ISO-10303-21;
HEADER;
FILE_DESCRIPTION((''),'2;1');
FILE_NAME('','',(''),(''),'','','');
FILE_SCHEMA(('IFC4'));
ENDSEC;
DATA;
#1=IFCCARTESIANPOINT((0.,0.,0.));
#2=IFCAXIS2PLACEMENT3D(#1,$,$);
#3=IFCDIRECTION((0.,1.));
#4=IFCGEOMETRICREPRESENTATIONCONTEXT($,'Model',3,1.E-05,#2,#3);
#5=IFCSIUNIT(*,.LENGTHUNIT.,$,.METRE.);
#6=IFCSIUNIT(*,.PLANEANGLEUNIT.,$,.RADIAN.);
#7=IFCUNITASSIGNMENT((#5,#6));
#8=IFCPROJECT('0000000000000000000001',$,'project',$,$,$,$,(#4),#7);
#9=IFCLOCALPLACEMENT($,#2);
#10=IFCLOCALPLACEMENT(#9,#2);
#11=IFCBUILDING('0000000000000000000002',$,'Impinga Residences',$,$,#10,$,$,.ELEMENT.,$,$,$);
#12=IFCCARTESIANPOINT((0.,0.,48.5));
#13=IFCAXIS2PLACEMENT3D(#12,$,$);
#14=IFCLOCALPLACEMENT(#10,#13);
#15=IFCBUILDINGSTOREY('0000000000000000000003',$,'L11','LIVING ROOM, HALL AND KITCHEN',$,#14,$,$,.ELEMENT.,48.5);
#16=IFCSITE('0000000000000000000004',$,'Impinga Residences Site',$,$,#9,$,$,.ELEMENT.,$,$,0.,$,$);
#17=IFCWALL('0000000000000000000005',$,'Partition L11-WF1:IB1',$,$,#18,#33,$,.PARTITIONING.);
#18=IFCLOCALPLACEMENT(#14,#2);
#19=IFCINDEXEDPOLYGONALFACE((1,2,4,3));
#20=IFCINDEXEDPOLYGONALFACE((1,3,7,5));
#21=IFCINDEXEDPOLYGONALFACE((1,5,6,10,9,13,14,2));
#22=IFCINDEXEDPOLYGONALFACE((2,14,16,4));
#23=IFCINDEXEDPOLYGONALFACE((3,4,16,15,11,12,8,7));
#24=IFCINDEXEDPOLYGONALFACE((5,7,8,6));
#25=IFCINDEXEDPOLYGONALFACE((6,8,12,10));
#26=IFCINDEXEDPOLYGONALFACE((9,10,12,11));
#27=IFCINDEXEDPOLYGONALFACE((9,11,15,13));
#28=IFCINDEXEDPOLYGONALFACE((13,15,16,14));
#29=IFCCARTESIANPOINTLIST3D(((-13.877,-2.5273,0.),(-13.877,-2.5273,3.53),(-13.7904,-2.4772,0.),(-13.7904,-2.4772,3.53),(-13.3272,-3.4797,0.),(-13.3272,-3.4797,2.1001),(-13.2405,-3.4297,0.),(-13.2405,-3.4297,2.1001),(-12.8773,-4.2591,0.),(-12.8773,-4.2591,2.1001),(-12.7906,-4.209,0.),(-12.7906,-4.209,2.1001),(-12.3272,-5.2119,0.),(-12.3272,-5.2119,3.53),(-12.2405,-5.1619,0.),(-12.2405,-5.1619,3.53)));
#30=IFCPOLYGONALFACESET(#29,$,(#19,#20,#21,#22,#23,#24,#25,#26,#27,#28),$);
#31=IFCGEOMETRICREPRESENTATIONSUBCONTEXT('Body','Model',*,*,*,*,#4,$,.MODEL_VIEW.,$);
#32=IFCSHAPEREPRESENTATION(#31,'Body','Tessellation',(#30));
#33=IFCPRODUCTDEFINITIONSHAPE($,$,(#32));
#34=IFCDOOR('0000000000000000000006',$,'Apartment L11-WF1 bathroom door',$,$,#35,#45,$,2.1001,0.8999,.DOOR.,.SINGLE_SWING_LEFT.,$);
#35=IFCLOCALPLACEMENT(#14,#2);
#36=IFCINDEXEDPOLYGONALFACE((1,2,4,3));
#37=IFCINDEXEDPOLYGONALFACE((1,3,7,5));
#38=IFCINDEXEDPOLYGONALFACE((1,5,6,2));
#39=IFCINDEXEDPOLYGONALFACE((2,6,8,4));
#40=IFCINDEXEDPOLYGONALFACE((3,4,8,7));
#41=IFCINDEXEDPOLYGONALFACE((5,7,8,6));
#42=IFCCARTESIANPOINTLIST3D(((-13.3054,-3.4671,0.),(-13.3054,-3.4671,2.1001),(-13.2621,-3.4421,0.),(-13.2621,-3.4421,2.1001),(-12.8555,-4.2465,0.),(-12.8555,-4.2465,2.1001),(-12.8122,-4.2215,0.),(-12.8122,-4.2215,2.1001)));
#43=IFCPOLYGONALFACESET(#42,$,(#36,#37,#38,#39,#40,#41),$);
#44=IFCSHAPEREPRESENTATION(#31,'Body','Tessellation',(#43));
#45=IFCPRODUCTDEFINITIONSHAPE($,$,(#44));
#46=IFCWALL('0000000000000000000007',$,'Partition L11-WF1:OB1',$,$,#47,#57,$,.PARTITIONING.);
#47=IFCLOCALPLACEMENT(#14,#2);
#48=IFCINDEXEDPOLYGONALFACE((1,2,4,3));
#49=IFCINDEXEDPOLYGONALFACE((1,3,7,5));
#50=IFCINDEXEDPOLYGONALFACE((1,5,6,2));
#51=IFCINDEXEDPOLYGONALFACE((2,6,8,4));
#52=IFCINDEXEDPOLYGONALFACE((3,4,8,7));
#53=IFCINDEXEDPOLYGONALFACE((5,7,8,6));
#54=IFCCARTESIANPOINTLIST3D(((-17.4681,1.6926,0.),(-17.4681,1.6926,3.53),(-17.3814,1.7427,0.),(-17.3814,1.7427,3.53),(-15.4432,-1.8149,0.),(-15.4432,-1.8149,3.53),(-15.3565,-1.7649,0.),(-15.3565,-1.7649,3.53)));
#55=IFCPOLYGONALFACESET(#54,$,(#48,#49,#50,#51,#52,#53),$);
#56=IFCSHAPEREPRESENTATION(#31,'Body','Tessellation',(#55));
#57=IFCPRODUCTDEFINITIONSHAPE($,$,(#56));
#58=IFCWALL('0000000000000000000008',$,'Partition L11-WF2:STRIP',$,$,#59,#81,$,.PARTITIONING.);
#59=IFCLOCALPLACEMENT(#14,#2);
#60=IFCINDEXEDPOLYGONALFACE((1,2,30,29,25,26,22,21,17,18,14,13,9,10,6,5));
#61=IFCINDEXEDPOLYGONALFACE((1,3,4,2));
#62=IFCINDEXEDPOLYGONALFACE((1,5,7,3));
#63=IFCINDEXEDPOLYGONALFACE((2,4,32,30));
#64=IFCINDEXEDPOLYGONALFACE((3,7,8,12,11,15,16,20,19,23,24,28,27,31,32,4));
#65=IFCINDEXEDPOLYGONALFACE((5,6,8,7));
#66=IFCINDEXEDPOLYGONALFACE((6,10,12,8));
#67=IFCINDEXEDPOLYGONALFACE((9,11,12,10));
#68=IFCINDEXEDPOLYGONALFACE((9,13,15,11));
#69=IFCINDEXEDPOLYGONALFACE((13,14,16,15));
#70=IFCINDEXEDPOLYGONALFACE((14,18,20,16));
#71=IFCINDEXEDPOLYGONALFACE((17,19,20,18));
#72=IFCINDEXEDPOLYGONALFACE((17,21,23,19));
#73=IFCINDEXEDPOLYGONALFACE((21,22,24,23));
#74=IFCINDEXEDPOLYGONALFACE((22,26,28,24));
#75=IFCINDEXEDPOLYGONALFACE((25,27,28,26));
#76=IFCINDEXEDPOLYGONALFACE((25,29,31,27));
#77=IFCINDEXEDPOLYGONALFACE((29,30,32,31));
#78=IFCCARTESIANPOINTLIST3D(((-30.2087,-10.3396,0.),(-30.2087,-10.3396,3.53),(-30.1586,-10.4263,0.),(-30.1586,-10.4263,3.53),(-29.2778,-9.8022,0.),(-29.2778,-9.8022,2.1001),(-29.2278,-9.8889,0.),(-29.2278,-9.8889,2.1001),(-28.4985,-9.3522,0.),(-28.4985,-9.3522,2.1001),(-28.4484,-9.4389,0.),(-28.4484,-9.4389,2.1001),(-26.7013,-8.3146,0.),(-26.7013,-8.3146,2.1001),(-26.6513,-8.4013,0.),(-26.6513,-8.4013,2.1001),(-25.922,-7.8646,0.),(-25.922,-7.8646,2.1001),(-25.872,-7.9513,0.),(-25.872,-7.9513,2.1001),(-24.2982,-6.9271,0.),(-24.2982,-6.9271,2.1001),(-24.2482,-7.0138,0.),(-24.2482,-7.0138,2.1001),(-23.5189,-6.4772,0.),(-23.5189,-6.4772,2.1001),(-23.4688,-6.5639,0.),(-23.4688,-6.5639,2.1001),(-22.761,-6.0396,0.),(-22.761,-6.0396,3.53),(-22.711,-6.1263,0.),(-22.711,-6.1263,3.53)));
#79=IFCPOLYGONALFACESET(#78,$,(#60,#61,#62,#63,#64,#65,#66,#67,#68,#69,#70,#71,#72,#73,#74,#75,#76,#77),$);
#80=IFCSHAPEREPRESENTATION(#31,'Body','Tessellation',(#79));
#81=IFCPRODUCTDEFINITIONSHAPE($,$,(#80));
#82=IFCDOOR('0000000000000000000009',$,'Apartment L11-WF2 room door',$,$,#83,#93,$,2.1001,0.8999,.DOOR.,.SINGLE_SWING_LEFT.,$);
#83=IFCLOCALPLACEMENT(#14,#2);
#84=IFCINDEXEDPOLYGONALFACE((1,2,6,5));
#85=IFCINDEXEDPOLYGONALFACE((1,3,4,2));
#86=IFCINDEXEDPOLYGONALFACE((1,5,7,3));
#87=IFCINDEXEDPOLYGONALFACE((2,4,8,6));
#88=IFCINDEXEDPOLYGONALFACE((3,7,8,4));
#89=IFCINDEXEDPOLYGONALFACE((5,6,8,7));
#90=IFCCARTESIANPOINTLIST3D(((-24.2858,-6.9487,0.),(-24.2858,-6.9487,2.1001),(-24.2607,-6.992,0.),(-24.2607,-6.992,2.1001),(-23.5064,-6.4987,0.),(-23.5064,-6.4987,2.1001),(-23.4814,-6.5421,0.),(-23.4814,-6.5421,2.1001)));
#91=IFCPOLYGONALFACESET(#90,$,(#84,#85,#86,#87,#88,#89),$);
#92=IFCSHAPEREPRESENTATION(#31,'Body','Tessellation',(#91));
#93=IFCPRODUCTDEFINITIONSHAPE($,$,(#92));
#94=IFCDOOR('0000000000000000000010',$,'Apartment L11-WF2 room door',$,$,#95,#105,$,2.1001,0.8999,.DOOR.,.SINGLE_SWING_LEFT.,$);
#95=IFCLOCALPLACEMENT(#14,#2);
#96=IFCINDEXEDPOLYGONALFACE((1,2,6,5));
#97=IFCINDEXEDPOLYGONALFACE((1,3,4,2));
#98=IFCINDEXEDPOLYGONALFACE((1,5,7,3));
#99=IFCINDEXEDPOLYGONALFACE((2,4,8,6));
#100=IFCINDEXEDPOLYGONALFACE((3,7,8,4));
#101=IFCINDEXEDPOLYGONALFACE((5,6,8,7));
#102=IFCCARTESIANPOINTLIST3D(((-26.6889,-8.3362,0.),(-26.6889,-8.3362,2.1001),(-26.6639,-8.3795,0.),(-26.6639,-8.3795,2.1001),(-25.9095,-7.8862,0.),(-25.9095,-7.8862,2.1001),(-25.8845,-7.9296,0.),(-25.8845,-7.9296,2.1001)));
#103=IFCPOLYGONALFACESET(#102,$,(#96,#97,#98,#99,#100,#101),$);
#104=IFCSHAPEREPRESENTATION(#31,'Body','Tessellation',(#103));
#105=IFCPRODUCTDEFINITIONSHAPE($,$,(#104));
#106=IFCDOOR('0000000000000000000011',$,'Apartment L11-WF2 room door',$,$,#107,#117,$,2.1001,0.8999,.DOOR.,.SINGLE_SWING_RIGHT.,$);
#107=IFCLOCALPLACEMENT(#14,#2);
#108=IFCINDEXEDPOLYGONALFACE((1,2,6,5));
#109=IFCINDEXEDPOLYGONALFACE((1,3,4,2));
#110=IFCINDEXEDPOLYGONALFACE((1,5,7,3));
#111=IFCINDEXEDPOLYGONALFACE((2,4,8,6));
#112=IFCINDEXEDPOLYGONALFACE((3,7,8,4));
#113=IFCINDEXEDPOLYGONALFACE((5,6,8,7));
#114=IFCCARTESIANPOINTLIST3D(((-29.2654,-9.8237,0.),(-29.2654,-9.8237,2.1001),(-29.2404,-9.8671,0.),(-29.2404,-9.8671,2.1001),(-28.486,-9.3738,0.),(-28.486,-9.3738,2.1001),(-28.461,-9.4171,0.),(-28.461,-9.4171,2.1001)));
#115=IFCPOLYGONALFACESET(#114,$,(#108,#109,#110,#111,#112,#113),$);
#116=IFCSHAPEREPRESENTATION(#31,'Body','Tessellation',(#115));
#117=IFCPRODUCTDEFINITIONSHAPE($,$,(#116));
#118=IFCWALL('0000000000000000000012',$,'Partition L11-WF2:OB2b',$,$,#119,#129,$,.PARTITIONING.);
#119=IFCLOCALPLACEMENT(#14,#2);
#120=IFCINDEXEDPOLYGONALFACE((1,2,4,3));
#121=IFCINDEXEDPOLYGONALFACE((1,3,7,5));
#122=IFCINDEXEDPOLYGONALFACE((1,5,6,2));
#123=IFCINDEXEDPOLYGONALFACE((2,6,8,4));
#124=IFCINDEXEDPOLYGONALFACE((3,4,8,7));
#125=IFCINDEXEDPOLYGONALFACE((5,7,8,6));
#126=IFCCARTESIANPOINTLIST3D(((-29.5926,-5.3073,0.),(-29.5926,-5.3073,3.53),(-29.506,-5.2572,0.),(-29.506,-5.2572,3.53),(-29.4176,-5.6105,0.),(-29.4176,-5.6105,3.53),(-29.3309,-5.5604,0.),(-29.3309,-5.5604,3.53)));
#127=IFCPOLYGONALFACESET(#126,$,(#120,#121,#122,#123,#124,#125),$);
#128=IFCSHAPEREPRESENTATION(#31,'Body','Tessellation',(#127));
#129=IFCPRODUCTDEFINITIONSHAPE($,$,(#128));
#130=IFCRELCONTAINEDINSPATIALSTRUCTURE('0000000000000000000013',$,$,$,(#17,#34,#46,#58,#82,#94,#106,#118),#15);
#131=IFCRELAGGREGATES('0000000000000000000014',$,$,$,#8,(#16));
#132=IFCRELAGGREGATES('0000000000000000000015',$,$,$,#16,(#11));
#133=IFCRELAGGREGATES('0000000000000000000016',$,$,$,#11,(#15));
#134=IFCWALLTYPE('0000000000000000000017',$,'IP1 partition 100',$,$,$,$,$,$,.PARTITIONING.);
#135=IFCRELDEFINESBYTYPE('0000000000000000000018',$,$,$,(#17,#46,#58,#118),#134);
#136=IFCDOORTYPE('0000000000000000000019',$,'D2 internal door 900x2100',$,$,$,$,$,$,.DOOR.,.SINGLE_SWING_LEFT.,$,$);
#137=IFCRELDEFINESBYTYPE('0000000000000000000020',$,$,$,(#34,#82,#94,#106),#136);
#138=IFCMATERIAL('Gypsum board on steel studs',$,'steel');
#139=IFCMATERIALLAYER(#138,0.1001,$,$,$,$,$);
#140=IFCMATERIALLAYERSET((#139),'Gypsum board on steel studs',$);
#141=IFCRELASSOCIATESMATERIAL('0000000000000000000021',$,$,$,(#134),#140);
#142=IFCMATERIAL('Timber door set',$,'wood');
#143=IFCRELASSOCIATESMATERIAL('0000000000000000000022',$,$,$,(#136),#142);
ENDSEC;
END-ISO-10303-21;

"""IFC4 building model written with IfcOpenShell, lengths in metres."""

from ifc_helpers import new_model, si_unit, direction, frame, frame_2d, origin, place, context, subcontext, project, spatial, rectangle, extrude, material, layer, layer_set, type_object, element, fill, save


model = new_model("IFC4")

# Units and contexts
model_context = context("Model", 3, precision=1e-05, world=origin(), true_north=direction((0.0, 1.0)))
body_context = subcontext(model_context, "Body", "Model", "MODEL_VIEW")
ifc_project = project(units=[si_unit("LENGTHUNIT", "METRE"), si_unit("PLANEANGLEUNIT", "RADIAN")], contexts=[model_context])

# Site, building, storey
site_placement = place(None, origin())
site = spatial("IfcSite", under=ifc_project, at=site_placement, Name="Impinga Residences Site", CompositionType="ELEMENT", RefElevation=0.0)
building_placement = place(site_placement, origin())
building = spatial("IfcBuilding", under=site, at=building_placement, Name="Impinga Residences", CompositionType="ELEMENT")
storey_placement = place(building_placement, frame((0.0, 0.0, 48.5)))
storey = spatial("IfcBuildingStorey", under=building, at=storey_placement, Name="L11", Description="LIVING ROOM, HALL AND KITCHEN", CompositionType="ELEMENT", Elevation=48.5)

# Shared definitions
ifc_material_1 = material(Name="Gypsum board on steel studs", Category="steel")
ifc_layer_1 = layer(ifc_material_1, 0.1001)
ifc_layer_set_1 = layer_set([ifc_layer_1], Name="Gypsum board on steel studs")
wall_type_1 = type_object("IfcWallType", Name="IP1 partition 100", PredefinedType="PARTITIONING", material=ifc_layer_set_1)

# Shared definitions
ifc_material_2 = material(Name="Timber door set", Category="wood")
door_type = type_object("IfcDoorType", Name="D2 internal door 900x2100", OperationType="SINGLE_SWING_LEFT", PredefinedType="DOOR", material=ifc_material_2)

# Wall, opening, door
wall_1_placement = place(storey_placement, frame((-12.2839, -5.1868, 0.0), z_axis=(0.0, 0.0, 1.0), x_axis=(-0.499968, 0.866044, 0.0)))
wall_1 = element("IfcWall", 1, at=wall_1_placement, inside=storey, type_object=wall_type_1, Name="Partition L11-WF1:IB1", PredefinedType="PARTITIONING", context=body_context, shape_type="SweptSolid", body=[
    extrude(rectangle(XDim=3.0999, YDim=0.1001, at=frame_2d((1.5498, 0.0))), origin(), (0.0, 0.0, 1.0), 3.53),
])
opening_1_placement = place(wall_1_placement, frame((1.1001, 0.0, 0.0)))
opening_1 = element("IfcOpeningElement", 2, at=opening_1_placement, cuts=wall_1, PredefinedType="OPENING", context=body_context, shape_type="SweptSolid", body=[
    extrude(rectangle(XDim=0.8999, YDim=2.1001, at=frame_2d((0.45, 1.05))), frame((0.0, 0.0601, 0.0), z_axis=(0.0, -1.0, 0.0), x_axis=(1.0, 0.0, 0.0)), (0.0, 0.0, 1.0), 0.1201),
])
door_1_placement = place(opening_1_placement, origin())
door_1 = element("IfcDoor", 3, at=door_1_placement, inside=storey, type_object=door_type, Name="Apartment L11-WF1 bathroom door", OperationType="SINGLE_SWING_LEFT", OverallHeight=2.1001, OverallWidth=0.8999, PredefinedType="DOOR", context=body_context, shape_type="SweptSolid", body=[
    extrude(rectangle(XDim=0.8999, YDim=2.1001, at=frame_2d((0.45, 1.05))), frame((0.0, 0.0249, 0.0), z_axis=(0.0, -1.0, 0.0), x_axis=(1.0, 0.0, 0.0)), (0.0, 0.0, 1.0), 0.05),
])
fill(opening_1, door_1)

# Wall
wall_2_placement = place(storey_placement, frame((-15.3999, -1.7898, 0.0), z_axis=(0.0, 0.0, 1.0), x_axis=(-0.499964, 0.866046, 0.0)))
element("IfcWall", 4, at=wall_2_placement, inside=storey, type_object=wall_type_1, Name="Partition L11-WF1:OB1", PredefinedType="PARTITIONING", context=body_context, shape_type="SweptSolid", body=[
    extrude(rectangle(XDim=4.05, YDim=0.1001, at=frame_2d((2.0249, 0.0))), origin(), (0.0, 0.0, 1.0), 3.53),
])

# Wall, openings, doors
wall_3_placement = place(storey_placement, frame((-22.7361, -6.083, 0.0), z_axis=(0.0, 0.0, 1.0), x_axis=(-0.866021, -0.500008, 0.0)))
wall_3 = element("IfcWall", 5, at=wall_3_placement, inside=storey, type_object=wall_type_1, Name="Partition L11-WF2:STRIP", PredefinedType="PARTITIONING", context=body_context, shape_type="SweptSolid", body=[
    extrude(rectangle(XDim=8.5999, YDim=0.1001, at=frame_2d((4.2998, 0.0))), origin(), (0.0, 0.0, 1.0), 3.53),
])
opening_2_placement = place(wall_3_placement, frame((0.875, 0.0, 0.0)))
opening_2 = element("IfcOpeningElement", 6, at=opening_2_placement, cuts=wall_3, PredefinedType="OPENING", context=body_context, shape_type="SweptSolid", body=[
    extrude(rectangle(XDim=0.8999, YDim=2.1001, at=frame_2d((0.45, 1.05))), frame((0.0, 0.0601, 0.0), z_axis=(0.0, -1.0, 0.0), x_axis=(1.0, 0.0, 0.0)), (0.0, 0.0, 1.0), 0.1201),
])
opening_3_placement = place(wall_3_placement, frame((3.6499, 0.0, 0.0)))
opening_3 = element("IfcOpeningElement", 7, at=opening_3_placement, cuts=wall_3, PredefinedType="OPENING", context=body_context, shape_type="SweptSolid", body=[
    extrude(rectangle(XDim=0.8999, YDim=2.1001, at=frame_2d((0.45, 1.05))), frame((0.0, 0.0601, 0.0), z_axis=(0.0, -1.0, 0.0), x_axis=(1.0, 0.0, 0.0)), (0.0, 0.0, 1.0), 0.1201),
])
opening_4_placement = place(wall_3_placement, frame((6.625, 0.0, 0.0)))
opening_4 = element("IfcOpeningElement", 8, at=opening_4_placement, cuts=wall_3, PredefinedType="OPENING", context=body_context, shape_type="SweptSolid", body=[
    extrude(rectangle(XDim=0.8999, YDim=2.1001, at=frame_2d((0.45, 1.05))), frame((0.0, 0.0601, 0.0), z_axis=(0.0, -1.0, 0.0), x_axis=(1.0, 0.0, 0.0)), (0.0, 0.0, 1.0), 0.1201),
])
door_2_placement = place(opening_2_placement, origin())
door_2 = element("IfcDoor", 9, at=door_2_placement, inside=storey, type_object=door_type, Name="Apartment L11-WF2 room door", OperationType="SINGLE_SWING_LEFT", OverallHeight=2.1001, OverallWidth=0.8999, PredefinedType="DOOR", context=body_context, shape_type="SweptSolid", body=[
    extrude(rectangle(XDim=0.8999, YDim=2.1001, at=frame_2d((0.45, 1.05))), frame((0.0, 0.0249, 0.0), z_axis=(0.0, -1.0, 0.0), x_axis=(1.0, 0.0, 0.0)), (0.0, 0.0, 1.0), 0.05),
])
fill(opening_2, door_2)
door_3_placement = place(opening_3_placement, origin())
door_3 = element("IfcDoor", 10, at=door_3_placement, inside=storey, type_object=door_type, Name="Apartment L11-WF2 room door", OperationType="SINGLE_SWING_LEFT", OverallHeight=2.1001, OverallWidth=0.8999, PredefinedType="DOOR", context=body_context, shape_type="SweptSolid", body=[
    extrude(rectangle(XDim=0.8999, YDim=2.1001, at=frame_2d((0.45, 1.05))), frame((0.0, 0.0249, 0.0), z_axis=(0.0, -1.0, 0.0), x_axis=(1.0, 0.0, 0.0)), (0.0, 0.0, 1.0), 0.05),
])
fill(opening_3, door_3)
door_4_placement = place(opening_4_placement, origin())
door_4 = element("IfcDoor", 11, at=door_4_placement, inside=storey, type_object=door_type, Name="Apartment L11-WF2 room door", OperationType="SINGLE_SWING_RIGHT", OverallHeight=2.1001, OverallWidth=0.8999, PredefinedType="DOOR", context=body_context, shape_type="SweptSolid", body=[
    extrude(rectangle(XDim=0.8999, YDim=2.1001, at=frame_2d((0.45, 1.05))), frame((0.0, 0.0249, 0.0), z_axis=(0.0, -1.0, 0.0), x_axis=(1.0, 0.0, 0.0)), (0.0, 0.0, 1.0), 0.05),
])
fill(opening_4, door_4)

# Wall
wall_4_placement = place(storey_placement, frame((-29.3743, -5.5854, 0.0), z_axis=(0.0, 0.0, 1.0), x_axis=(-0.499964, 0.866046, 0.0)))
element("IfcWall", 12, at=wall_4_placement, inside=storey, type_object=wall_type_1, Name="Partition L11-WF2:OB2b", PredefinedType="PARTITIONING", context=body_context, shape_type="SweptSolid", body=[
    extrude(rectangle(XDim=0.3501, YDim=0.1001, at=frame_2d((0.175, 0.0))), origin(), (0.0, 0.0, 1.0), 3.53),
])

save(model, "model.ifc")
